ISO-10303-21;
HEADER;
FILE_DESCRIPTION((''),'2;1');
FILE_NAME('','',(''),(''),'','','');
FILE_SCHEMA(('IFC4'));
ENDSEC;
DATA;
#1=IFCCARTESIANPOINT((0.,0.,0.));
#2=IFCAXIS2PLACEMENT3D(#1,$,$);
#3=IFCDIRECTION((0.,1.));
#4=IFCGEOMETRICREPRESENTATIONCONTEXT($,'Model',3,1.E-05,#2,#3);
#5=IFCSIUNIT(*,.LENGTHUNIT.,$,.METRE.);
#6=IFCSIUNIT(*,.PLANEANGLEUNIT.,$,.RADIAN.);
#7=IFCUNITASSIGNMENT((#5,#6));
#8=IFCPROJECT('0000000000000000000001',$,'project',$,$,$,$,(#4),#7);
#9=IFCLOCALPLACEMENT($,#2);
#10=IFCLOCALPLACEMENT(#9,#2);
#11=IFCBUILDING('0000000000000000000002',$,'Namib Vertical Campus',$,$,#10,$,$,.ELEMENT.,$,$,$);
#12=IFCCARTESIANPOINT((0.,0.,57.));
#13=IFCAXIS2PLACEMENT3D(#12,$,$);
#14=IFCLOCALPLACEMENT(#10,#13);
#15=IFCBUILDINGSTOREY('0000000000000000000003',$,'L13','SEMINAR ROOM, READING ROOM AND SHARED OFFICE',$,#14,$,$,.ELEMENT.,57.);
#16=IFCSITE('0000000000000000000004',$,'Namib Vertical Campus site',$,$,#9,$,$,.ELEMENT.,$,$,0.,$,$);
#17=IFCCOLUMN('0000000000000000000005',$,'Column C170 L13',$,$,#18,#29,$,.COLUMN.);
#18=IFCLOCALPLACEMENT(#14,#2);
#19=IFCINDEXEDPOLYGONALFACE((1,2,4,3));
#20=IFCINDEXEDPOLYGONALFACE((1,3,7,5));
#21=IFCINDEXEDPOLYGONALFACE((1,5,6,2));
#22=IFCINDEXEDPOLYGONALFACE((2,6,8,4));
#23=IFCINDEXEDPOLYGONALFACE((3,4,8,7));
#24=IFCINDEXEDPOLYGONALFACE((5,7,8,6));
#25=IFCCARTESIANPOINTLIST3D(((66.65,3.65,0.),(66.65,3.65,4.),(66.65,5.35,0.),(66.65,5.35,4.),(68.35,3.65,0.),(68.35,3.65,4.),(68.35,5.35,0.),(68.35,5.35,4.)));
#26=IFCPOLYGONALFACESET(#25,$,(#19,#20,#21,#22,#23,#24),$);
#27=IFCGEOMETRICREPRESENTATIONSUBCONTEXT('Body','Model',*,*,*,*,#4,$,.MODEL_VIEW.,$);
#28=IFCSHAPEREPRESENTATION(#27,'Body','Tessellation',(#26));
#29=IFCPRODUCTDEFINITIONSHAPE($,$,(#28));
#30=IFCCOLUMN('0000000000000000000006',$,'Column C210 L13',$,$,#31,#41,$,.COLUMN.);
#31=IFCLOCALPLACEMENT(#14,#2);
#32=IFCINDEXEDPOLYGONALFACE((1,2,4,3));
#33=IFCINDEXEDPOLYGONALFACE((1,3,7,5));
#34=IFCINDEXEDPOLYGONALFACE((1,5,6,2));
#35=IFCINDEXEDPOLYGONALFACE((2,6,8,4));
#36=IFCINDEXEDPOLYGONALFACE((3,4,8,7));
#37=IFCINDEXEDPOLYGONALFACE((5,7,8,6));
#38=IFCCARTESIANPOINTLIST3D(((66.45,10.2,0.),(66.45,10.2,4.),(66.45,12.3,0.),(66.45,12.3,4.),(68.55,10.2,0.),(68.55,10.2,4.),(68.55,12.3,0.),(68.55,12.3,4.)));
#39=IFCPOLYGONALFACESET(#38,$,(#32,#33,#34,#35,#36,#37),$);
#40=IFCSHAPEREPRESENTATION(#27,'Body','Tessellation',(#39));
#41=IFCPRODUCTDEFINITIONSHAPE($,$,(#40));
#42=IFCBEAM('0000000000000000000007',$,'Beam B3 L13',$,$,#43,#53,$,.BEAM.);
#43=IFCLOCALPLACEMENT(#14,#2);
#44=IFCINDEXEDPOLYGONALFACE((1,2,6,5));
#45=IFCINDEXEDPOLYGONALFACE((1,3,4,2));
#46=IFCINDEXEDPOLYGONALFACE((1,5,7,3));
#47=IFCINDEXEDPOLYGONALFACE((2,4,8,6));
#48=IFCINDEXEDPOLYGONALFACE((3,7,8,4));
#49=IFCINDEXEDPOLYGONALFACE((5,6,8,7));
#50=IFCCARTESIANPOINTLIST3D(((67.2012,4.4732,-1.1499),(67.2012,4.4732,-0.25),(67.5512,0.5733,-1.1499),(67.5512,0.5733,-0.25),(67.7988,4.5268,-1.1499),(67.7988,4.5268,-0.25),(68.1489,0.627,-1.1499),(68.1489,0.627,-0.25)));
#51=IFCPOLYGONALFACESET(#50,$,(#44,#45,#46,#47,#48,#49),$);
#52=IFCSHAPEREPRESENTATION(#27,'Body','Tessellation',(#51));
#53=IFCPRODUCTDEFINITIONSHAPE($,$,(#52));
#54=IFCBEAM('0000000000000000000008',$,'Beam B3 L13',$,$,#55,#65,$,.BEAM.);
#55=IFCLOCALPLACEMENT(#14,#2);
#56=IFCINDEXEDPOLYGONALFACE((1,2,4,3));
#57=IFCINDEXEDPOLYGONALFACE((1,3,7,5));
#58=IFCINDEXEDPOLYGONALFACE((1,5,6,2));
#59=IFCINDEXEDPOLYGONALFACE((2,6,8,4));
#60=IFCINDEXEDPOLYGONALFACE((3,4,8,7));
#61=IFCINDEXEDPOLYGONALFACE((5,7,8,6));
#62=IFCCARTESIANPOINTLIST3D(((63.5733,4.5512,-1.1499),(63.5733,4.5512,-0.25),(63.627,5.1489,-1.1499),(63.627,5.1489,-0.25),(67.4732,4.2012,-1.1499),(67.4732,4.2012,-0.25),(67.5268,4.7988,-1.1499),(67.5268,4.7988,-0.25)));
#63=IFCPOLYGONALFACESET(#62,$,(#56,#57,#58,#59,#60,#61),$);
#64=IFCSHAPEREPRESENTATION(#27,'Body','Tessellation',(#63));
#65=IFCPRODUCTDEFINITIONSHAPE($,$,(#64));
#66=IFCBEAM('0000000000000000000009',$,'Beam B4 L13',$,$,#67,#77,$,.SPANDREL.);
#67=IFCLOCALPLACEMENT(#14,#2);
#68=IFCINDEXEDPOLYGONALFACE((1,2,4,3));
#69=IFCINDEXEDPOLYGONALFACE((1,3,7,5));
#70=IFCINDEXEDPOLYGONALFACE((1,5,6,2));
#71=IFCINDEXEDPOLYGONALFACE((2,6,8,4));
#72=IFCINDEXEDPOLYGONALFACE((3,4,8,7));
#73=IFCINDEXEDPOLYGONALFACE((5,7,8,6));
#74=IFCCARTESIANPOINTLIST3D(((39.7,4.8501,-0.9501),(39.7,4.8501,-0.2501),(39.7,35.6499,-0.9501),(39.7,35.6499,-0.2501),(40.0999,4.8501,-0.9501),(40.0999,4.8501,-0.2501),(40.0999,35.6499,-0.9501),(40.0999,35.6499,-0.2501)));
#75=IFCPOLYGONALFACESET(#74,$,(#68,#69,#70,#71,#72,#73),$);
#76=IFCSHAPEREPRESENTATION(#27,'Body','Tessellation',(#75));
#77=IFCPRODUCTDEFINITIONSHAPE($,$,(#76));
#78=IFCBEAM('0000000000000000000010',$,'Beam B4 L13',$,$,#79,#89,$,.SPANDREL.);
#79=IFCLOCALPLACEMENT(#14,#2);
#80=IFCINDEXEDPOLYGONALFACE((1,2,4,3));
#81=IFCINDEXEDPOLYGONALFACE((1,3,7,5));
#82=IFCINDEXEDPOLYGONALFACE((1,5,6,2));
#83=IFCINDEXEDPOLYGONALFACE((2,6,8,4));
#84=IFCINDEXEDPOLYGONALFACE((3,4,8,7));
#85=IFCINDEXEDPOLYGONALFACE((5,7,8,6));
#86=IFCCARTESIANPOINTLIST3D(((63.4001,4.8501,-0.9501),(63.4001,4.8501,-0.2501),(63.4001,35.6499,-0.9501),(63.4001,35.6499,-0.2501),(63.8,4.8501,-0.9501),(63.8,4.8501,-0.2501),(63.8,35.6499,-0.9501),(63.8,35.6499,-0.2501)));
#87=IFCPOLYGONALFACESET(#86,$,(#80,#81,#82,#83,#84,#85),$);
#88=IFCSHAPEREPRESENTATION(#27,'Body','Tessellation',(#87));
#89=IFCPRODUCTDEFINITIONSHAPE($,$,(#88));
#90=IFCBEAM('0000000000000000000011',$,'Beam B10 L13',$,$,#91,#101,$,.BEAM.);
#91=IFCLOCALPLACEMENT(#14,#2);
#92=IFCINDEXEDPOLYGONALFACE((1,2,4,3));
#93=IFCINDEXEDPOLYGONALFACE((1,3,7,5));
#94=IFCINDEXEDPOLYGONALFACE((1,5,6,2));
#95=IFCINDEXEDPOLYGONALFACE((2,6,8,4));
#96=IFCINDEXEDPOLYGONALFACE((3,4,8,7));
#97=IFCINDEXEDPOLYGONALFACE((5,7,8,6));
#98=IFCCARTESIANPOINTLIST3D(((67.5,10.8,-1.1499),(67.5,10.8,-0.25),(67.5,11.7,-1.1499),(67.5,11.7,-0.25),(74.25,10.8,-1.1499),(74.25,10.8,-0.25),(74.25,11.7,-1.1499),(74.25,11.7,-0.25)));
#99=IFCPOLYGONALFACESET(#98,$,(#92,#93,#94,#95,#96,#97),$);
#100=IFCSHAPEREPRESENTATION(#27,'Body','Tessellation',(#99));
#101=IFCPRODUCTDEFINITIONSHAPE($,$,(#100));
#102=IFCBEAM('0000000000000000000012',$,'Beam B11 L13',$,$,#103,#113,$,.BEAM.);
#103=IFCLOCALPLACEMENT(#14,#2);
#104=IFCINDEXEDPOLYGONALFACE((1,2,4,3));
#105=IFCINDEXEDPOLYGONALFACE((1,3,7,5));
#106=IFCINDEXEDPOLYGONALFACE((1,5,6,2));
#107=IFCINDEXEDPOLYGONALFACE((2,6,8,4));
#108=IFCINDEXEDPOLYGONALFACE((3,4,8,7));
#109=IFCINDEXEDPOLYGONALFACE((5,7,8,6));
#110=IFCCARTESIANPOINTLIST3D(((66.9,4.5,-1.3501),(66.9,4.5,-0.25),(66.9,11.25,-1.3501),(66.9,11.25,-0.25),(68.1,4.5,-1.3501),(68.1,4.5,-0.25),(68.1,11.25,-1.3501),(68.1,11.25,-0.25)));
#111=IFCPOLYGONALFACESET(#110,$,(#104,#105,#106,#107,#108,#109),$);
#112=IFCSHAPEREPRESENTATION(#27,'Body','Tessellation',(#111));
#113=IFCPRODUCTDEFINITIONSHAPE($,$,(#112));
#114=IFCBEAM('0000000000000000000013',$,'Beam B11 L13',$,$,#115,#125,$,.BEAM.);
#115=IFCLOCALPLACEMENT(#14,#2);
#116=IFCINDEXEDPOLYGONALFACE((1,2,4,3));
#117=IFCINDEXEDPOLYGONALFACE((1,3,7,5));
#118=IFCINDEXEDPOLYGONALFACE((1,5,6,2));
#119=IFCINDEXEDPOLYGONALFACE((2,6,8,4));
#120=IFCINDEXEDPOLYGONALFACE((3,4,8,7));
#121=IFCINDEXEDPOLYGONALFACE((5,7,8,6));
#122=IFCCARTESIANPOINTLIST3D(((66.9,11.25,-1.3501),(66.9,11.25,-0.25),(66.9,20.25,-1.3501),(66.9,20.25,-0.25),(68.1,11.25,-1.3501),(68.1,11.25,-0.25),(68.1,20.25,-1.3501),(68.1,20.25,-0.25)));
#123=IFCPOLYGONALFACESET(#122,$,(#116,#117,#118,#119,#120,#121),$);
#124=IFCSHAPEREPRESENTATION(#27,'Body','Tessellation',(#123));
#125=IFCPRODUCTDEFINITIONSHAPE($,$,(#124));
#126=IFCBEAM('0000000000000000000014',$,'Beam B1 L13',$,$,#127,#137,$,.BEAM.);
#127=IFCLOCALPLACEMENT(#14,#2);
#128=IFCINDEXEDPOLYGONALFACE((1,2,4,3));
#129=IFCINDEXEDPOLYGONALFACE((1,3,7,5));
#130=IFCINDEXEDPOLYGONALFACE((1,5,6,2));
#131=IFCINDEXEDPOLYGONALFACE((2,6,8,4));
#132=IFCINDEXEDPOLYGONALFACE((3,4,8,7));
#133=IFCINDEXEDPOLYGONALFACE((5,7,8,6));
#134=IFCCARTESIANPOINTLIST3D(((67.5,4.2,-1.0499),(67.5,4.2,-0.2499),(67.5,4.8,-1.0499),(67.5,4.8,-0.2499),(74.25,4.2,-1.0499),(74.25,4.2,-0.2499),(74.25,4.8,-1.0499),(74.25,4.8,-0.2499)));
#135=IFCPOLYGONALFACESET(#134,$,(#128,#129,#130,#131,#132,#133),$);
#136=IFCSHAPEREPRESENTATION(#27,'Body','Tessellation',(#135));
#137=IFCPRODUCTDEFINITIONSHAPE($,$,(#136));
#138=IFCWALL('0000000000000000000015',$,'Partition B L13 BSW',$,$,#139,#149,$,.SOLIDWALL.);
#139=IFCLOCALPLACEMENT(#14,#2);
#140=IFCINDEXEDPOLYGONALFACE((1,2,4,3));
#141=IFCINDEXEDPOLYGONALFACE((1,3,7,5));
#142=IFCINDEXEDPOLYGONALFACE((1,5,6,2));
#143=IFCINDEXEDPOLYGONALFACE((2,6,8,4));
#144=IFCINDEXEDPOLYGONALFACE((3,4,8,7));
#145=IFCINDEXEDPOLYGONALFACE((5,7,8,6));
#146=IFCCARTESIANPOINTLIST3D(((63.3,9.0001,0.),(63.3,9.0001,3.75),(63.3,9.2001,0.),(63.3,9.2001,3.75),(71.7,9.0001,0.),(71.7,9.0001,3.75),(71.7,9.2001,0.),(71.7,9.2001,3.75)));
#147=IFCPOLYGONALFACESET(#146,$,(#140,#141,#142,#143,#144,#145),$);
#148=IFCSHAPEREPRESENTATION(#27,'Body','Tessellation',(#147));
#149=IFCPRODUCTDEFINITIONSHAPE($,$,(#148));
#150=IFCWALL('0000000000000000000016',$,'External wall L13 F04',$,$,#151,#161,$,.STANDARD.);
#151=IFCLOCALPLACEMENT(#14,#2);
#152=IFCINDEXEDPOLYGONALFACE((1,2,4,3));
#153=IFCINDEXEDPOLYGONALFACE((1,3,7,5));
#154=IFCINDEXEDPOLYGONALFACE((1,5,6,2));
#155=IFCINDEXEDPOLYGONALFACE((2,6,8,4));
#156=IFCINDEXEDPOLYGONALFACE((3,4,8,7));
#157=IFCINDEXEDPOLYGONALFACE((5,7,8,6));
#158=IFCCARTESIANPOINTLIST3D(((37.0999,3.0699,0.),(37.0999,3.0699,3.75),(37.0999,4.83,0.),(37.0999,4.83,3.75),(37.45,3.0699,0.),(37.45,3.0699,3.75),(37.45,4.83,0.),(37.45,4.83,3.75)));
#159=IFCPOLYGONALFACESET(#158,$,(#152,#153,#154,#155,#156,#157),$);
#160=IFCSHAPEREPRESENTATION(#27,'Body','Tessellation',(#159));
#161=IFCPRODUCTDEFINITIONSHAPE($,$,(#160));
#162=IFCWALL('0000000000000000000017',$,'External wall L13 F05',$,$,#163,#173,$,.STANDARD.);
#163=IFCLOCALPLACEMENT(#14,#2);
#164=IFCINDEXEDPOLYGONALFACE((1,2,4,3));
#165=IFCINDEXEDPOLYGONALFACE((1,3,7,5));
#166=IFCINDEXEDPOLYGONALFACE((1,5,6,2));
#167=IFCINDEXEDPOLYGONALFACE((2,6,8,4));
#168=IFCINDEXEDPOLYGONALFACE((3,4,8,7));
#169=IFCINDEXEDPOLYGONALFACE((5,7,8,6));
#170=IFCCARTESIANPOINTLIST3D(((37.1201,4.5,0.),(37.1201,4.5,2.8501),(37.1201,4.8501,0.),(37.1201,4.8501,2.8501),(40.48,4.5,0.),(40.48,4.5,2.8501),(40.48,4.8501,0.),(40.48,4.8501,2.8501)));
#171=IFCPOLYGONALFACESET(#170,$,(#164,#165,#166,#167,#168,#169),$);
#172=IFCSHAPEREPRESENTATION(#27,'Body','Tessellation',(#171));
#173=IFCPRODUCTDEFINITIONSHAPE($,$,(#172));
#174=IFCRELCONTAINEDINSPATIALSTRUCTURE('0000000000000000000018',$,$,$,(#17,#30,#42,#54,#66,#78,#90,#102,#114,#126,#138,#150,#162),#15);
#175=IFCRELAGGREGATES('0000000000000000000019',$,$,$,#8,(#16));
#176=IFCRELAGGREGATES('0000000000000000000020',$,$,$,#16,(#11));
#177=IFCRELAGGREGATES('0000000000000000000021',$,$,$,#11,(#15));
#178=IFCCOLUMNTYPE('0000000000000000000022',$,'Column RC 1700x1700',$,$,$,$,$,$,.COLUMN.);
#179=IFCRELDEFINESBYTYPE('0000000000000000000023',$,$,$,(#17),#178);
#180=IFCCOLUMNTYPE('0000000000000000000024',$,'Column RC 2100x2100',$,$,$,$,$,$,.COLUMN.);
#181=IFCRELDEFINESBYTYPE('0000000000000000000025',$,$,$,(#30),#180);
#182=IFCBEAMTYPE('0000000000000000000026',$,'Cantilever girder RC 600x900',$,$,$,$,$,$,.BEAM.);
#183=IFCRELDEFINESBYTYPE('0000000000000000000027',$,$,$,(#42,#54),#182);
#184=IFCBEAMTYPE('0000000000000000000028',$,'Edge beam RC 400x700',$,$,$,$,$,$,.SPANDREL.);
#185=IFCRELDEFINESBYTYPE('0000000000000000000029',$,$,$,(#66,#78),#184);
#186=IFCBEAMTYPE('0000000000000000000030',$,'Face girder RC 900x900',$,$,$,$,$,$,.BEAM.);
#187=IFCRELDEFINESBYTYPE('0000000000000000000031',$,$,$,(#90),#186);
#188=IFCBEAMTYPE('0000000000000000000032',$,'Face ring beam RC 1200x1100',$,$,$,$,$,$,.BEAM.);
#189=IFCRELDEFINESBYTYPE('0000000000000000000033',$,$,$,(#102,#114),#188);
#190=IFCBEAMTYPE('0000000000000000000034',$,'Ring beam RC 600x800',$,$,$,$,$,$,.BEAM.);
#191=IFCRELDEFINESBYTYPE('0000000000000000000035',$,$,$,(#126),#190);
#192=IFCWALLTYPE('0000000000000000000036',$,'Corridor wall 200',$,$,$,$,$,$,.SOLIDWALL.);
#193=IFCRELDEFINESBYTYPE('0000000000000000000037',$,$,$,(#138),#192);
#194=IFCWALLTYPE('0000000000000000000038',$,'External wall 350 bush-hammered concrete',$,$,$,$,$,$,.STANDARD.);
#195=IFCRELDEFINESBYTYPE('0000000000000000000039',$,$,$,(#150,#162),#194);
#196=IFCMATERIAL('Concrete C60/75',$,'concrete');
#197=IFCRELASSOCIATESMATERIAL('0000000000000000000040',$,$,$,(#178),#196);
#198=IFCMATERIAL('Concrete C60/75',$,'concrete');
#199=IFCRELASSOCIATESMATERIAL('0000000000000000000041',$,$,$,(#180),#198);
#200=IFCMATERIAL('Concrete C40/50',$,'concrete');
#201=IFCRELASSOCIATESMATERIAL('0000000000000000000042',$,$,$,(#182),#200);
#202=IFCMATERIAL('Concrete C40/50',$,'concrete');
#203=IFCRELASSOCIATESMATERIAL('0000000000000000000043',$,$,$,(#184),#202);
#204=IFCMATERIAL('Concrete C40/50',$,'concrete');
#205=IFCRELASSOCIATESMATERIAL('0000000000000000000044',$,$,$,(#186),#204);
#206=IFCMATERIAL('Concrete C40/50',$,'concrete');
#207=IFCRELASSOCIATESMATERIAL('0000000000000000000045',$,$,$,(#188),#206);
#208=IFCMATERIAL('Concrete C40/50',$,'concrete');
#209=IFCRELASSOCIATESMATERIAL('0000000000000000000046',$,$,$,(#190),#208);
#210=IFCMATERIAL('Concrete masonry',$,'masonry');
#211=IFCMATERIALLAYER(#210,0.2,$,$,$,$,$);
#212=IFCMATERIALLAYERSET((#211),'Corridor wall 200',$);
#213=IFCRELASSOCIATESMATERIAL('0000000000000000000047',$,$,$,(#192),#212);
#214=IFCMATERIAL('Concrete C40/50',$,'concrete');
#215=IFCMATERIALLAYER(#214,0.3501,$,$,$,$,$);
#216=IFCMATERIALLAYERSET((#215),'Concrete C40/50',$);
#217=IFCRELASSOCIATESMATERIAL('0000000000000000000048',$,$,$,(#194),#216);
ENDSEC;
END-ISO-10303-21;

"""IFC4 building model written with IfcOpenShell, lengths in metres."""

from ifc_helpers import new_model, si_unit, direction, frame, frame_2d, origin, origin_2d, place, context, subcontext, project, spatial, rectangle, extrude, material, layer, layer_set, material_profile, profile_set, type_object, element, save


model = new_model("IFC4")

# Units and contexts
model_context = context("Model", 3, precision=1e-05, world=origin(), true_north=direction((0.0, 1.0)))
body_context = subcontext(model_context, "Body", "Model", "MODEL_VIEW")
ifc_project = project(units=[si_unit("LENGTHUNIT", "METRE"), si_unit("PLANEANGLEUNIT", "RADIAN")], contexts=[model_context])

# Site, building, storey
site_placement = place(None, origin())
site = spatial("IfcSite", under=ifc_project, at=site_placement, Name="Namib Vertical Campus site", CompositionType="ELEMENT", RefElevation=0.0)
building_placement = place(site_placement, origin())
building = spatial("IfcBuilding", under=site, at=building_placement, Name="Namib Vertical Campus", CompositionType="ELEMENT")
storey_placement = place(building_placement, frame((0.0, 0.0, 57.0)))
storey = spatial("IfcBuildingStorey", under=building, at=storey_placement, Name="L13", Description="SEMINAR ROOM, READING ROOM AND SHARED OFFICE", CompositionType="ELEMENT", Elevation=57.0)

# Columns
ifc_material_1 = material(Name="Concrete C60/75", Category="concrete")
ifc_material_profile_1 = material_profile(ifc_material_1, rectangle(XDim=1.7, YDim=1.7, at=origin_2d()))
ifc_profile_set_1 = profile_set([ifc_material_profile_1], Name="Concrete C60/75")
column_type_1 = type_object("IfcColumnType", Name="Column RC 1700x1700", PredefinedType="COLUMN", material=ifc_profile_set_1)
column_1_placement = place(storey_placement, frame((67.5, 4.5, 0.0), z_axis=(0.0, 0.0, 1.0), x_axis=(1.0, 0.0, 0.0)))
element("IfcColumn", 1, at=column_1_placement, inside=storey, type_object=column_type_1, Name="Column C170 L13", PredefinedType="COLUMN", context=body_context, shape_type="SweptSolid", body=[
    extrude(rectangle(XDim=1.7, YDim=1.7, at=origin_2d()), origin(), (0.0, 0.0, 1.0), 4.0),
])
ifc_material_2 = material(Name="Concrete C60/75", Category="concrete")
ifc_material_profile_2 = material_profile(ifc_material_2, rectangle(XDim=2.1001, YDim=2.1001, at=origin_2d()))
ifc_profile_set_2 = profile_set([ifc_material_profile_2], Name="Concrete C60/75")
column_type_2 = type_object("IfcColumnType", Name="Column RC 2100x2100", PredefinedType="COLUMN", material=ifc_profile_set_2)
column_2_placement = place(storey_placement, frame((67.5, 11.25, 0.0), z_axis=(0.0, 0.0, 1.0), x_axis=(1.0, 0.0, 0.0)))
element("IfcColumn", 2, at=column_2_placement, inside=storey, type_object=column_type_2, Name="Column C210 L13", PredefinedType="COLUMN", context=body_context, shape_type="SweptSolid", body=[
    extrude(rectangle(XDim=2.1001, YDim=2.1001, at=origin_2d()), origin(), (0.0, 0.0, 1.0), 4.0),
])

# Beams
ifc_material_3 = material(Name="Concrete C40/50", Category="concrete")
ifc_material_profile_3 = material_profile(ifc_material_3, rectangle(XDim=0.6001, YDim=0.8999, at=origin_2d()))
ifc_profile_set_3 = profile_set([ifc_material_profile_3], Name="Concrete C40/50")
beam_type_1 = type_object("IfcBeamType", Name="Cantilever girder RC 600x900", PredefinedType="BEAM", material=ifc_profile_set_3)
for number, where, z_axis, x_axis, name in (
    (3, (67.5, 4.5, -0.7), (0.089411, -0.995995, 0.0), (0.995995, 0.089411, 0.0), "Beam B3 L13"),
    (4, (67.5, 4.5, -0.7), (-0.995995, 0.089411, 0.0), (-0.089411, -0.995995, 0.0), "Beam B3 L13"),
):
    element("IfcBeam", number, at=place(storey_placement, frame(where, z_axis=z_axis, x_axis=x_axis)), inside=storey, type_object=beam_type_1, Name=name, PredefinedType="BEAM", context=body_context, shape_type="SweptSolid", body=[
        extrude(rectangle(XDim=0.6001, YDim=0.8999, at=origin_2d()), origin(), (0.0, 0.0, 1.0), 3.9155),
    ])
ifc_material_4 = material(Name="Concrete C40/50", Category="concrete")
ifc_material_profile_4 = material_profile(ifc_material_4, rectangle(XDim=0.3999, YDim=0.7, at=origin_2d()))
ifc_profile_set_4 = profile_set([ifc_material_profile_4], Name="Concrete C40/50")
beam_type_2 = type_object("IfcBeamType", Name="Edge beam RC 400x700", PredefinedType="SPANDREL", material=ifc_profile_set_4)
for number, where, z_axis, x_axis, name in (
    (5, (39.8999, 4.8501, -0.6001), (0.0, 1.0, 0.0), (-1.0, 0.0, 0.0), "Beam B4 L13"),
    (6, (63.6001, 4.8501, -0.6001), (0.0, 1.0, 0.0), (-1.0, 0.0, 0.0), "Beam B4 L13"),
):
    element("IfcBeam", number, at=place(storey_placement, frame(where, z_axis=z_axis, x_axis=x_axis)), inside=storey, type_object=beam_type_2, Name=name, PredefinedType="SPANDREL", context=body_context, shape_type="SweptSolid", body=[
        extrude(rectangle(XDim=0.3999, YDim=0.7, at=origin_2d()), origin(), (0.0, 0.0, 1.0), 30.7998),
    ])
ifc_material_5 = material(Name="Concrete C40/50", Category="concrete")
ifc_material_profile_5 = material_profile(ifc_material_5, rectangle(XDim=0.8999, YDim=0.8999, at=origin_2d()))
ifc_profile_set_5 = profile_set([ifc_material_profile_5], Name="Concrete C40/50")
beam_type_3 = type_object("IfcBeamType", Name="Face girder RC 900x900", PredefinedType="BEAM", material=ifc_profile_set_5)
beam_1_placement = place(storey_placement, frame((67.5, 11.25, -0.7), z_axis=(1.0, 0.0, 0.0), x_axis=(0.0, 1.0, 0.0)))
element("IfcBeam", 7, at=beam_1_placement, inside=storey, type_object=beam_type_3, Name="Beam B10 L13", PredefinedType="BEAM", context=body_context, shape_type="SweptSolid", body=[
    extrude(rectangle(XDim=0.8999, YDim=0.8999, at=origin_2d()), origin(), (0.0, 0.0, 1.0), 6.75),
])
ifc_material_6 = material(Name="Concrete C40/50", Category="concrete")
ifc_material_profile_6 = material_profile(ifc_material_6, rectangle(XDim=1.2, YDim=1.1001, at=origin_2d()))
ifc_profile_set_6 = profile_set([ifc_material_profile_6], Name="Concrete C40/50")
beam_type_4 = type_object("IfcBeamType", Name="Face ring beam RC 1200x1100", PredefinedType="BEAM", material=ifc_profile_set_6)
beam_2_placement = place(storey_placement, frame((67.5, 4.5, -0.8), z_axis=(0.0, 1.0, 0.0), x_axis=(-1.0, 0.0, 0.0)))
element("IfcBeam", 8, at=beam_2_placement, inside=storey, type_object=beam_type_4, Name="Beam B11 L13", PredefinedType="BEAM", context=body_context, shape_type="SweptSolid", body=[
    extrude(rectangle(XDim=1.2, YDim=1.1001, at=origin_2d()), origin(), (0.0, 0.0, 1.0), 6.75),
])
beam_3_placement = place(storey_placement, frame((67.5, 11.25, -0.8), z_axis=(0.0, 1.0, 0.0), x_axis=(-1.0, 0.0, 0.0)))
element("IfcBeam", 9, at=beam_3_placement, inside=storey, type_object=beam_type_4, Name="Beam B11 L13", PredefinedType="BEAM", context=body_context, shape_type="SweptSolid", body=[
    extrude(rectangle(XDim=1.2, YDim=1.1001, at=origin_2d()), origin(), (0.0, 0.0, 1.0), 9.0),
])
ifc_material_7 = material(Name="Concrete C40/50", Category="concrete")
ifc_material_profile_7 = material_profile(ifc_material_7, rectangle(XDim=0.6001, YDim=0.8, at=origin_2d()))
ifc_profile_set_7 = profile_set([ifc_material_profile_7], Name="Concrete C40/50")
beam_type_5 = type_object("IfcBeamType", Name="Ring beam RC 600x800", PredefinedType="BEAM", material=ifc_profile_set_7)
beam_4_placement = place(storey_placement, frame((67.5, 4.5, -0.6499), z_axis=(1.0, 0.0, 0.0), x_axis=(0.0, 1.0, 0.0)))
element("IfcBeam", 10, at=beam_4_placement, inside=storey, type_object=beam_type_5, Name="Beam B1 L13", PredefinedType="BEAM", context=body_context, shape_type="SweptSolid", body=[
    extrude(rectangle(XDim=0.6001, YDim=0.8, at=origin_2d()), origin(), (0.0, 0.0, 1.0), 6.75),
])

# Walls
ifc_material_8 = material(Name="Concrete masonry", Category="masonry")
ifc_layer_1 = layer(ifc_material_8, 0.2)
ifc_layer_set_1 = layer_set([ifc_layer_1], Name="Corridor wall 200")
wall_type_1 = type_object("IfcWallType", Name="Corridor wall 200", PredefinedType="SOLIDWALL", material=ifc_layer_set_1)
wall_1_placement = place(storey_placement, frame((63.3, 9.1001, 0.0), z_axis=(0.0, 0.0, 1.0), x_axis=(1.0, 0.0, 0.0)))
element("IfcWall", 11, at=wall_1_placement, inside=storey, type_object=wall_type_1, Name="Partition B L13 BSW", PredefinedType="SOLIDWALL", context=body_context, shape_type="SweptSolid", body=[
    extrude(rectangle(XDim=8.3999, YDim=0.2, at=frame_2d((4.2, 0.0))), origin(), (0.0, 0.0, 1.0), 3.75),
])
ifc_material_9 = material(Name="Concrete C40/50", Category="concrete")
ifc_layer_2 = layer(ifc_material_9, 0.3501)
ifc_layer_set_2 = layer_set([ifc_layer_2], Name="Concrete C40/50")
wall_type_2 = type_object("IfcWallType", Name="External wall 350 bush-hammered concrete", PredefinedType="STANDARD", material=ifc_layer_set_2)
wall_2_placement = place(storey_placement, frame((37.2749, 3.0701, 0.0), z_axis=(0.0, 0.0, 1.0), x_axis=(0.0, 1.0, 0.0)))
element("IfcWall", 12, at=wall_2_placement, inside=storey, type_object=wall_type_2, Name="External wall L13 F04", PredefinedType="STANDARD", context=body_context, shape_type="SweptSolid", body=[
    extrude(rectangle(XDim=1.76, YDim=0.3501, at=frame_2d((0.8799, 0.0))), origin(), (0.0, 0.0, 1.0), 3.75),
])
wall_3_placement = place(storey_placement, frame((37.1201, 4.675, 0.0), z_axis=(0.0, 0.0, 1.0), x_axis=(1.0, 0.0, 0.0)))
element("IfcWall", 13, at=wall_3_placement, inside=storey, type_object=wall_type_2, Name="External wall L13 F05", PredefinedType="STANDARD", context=body_context, shape_type="SweptSolid", body=[
    extrude(rectangle(XDim=3.3599, YDim=0.3501, at=frame_2d((1.6799, 0.0))), origin(), (0.0, 0.0, 1.0), 2.8501),
])

save(model, "model.ifc")
